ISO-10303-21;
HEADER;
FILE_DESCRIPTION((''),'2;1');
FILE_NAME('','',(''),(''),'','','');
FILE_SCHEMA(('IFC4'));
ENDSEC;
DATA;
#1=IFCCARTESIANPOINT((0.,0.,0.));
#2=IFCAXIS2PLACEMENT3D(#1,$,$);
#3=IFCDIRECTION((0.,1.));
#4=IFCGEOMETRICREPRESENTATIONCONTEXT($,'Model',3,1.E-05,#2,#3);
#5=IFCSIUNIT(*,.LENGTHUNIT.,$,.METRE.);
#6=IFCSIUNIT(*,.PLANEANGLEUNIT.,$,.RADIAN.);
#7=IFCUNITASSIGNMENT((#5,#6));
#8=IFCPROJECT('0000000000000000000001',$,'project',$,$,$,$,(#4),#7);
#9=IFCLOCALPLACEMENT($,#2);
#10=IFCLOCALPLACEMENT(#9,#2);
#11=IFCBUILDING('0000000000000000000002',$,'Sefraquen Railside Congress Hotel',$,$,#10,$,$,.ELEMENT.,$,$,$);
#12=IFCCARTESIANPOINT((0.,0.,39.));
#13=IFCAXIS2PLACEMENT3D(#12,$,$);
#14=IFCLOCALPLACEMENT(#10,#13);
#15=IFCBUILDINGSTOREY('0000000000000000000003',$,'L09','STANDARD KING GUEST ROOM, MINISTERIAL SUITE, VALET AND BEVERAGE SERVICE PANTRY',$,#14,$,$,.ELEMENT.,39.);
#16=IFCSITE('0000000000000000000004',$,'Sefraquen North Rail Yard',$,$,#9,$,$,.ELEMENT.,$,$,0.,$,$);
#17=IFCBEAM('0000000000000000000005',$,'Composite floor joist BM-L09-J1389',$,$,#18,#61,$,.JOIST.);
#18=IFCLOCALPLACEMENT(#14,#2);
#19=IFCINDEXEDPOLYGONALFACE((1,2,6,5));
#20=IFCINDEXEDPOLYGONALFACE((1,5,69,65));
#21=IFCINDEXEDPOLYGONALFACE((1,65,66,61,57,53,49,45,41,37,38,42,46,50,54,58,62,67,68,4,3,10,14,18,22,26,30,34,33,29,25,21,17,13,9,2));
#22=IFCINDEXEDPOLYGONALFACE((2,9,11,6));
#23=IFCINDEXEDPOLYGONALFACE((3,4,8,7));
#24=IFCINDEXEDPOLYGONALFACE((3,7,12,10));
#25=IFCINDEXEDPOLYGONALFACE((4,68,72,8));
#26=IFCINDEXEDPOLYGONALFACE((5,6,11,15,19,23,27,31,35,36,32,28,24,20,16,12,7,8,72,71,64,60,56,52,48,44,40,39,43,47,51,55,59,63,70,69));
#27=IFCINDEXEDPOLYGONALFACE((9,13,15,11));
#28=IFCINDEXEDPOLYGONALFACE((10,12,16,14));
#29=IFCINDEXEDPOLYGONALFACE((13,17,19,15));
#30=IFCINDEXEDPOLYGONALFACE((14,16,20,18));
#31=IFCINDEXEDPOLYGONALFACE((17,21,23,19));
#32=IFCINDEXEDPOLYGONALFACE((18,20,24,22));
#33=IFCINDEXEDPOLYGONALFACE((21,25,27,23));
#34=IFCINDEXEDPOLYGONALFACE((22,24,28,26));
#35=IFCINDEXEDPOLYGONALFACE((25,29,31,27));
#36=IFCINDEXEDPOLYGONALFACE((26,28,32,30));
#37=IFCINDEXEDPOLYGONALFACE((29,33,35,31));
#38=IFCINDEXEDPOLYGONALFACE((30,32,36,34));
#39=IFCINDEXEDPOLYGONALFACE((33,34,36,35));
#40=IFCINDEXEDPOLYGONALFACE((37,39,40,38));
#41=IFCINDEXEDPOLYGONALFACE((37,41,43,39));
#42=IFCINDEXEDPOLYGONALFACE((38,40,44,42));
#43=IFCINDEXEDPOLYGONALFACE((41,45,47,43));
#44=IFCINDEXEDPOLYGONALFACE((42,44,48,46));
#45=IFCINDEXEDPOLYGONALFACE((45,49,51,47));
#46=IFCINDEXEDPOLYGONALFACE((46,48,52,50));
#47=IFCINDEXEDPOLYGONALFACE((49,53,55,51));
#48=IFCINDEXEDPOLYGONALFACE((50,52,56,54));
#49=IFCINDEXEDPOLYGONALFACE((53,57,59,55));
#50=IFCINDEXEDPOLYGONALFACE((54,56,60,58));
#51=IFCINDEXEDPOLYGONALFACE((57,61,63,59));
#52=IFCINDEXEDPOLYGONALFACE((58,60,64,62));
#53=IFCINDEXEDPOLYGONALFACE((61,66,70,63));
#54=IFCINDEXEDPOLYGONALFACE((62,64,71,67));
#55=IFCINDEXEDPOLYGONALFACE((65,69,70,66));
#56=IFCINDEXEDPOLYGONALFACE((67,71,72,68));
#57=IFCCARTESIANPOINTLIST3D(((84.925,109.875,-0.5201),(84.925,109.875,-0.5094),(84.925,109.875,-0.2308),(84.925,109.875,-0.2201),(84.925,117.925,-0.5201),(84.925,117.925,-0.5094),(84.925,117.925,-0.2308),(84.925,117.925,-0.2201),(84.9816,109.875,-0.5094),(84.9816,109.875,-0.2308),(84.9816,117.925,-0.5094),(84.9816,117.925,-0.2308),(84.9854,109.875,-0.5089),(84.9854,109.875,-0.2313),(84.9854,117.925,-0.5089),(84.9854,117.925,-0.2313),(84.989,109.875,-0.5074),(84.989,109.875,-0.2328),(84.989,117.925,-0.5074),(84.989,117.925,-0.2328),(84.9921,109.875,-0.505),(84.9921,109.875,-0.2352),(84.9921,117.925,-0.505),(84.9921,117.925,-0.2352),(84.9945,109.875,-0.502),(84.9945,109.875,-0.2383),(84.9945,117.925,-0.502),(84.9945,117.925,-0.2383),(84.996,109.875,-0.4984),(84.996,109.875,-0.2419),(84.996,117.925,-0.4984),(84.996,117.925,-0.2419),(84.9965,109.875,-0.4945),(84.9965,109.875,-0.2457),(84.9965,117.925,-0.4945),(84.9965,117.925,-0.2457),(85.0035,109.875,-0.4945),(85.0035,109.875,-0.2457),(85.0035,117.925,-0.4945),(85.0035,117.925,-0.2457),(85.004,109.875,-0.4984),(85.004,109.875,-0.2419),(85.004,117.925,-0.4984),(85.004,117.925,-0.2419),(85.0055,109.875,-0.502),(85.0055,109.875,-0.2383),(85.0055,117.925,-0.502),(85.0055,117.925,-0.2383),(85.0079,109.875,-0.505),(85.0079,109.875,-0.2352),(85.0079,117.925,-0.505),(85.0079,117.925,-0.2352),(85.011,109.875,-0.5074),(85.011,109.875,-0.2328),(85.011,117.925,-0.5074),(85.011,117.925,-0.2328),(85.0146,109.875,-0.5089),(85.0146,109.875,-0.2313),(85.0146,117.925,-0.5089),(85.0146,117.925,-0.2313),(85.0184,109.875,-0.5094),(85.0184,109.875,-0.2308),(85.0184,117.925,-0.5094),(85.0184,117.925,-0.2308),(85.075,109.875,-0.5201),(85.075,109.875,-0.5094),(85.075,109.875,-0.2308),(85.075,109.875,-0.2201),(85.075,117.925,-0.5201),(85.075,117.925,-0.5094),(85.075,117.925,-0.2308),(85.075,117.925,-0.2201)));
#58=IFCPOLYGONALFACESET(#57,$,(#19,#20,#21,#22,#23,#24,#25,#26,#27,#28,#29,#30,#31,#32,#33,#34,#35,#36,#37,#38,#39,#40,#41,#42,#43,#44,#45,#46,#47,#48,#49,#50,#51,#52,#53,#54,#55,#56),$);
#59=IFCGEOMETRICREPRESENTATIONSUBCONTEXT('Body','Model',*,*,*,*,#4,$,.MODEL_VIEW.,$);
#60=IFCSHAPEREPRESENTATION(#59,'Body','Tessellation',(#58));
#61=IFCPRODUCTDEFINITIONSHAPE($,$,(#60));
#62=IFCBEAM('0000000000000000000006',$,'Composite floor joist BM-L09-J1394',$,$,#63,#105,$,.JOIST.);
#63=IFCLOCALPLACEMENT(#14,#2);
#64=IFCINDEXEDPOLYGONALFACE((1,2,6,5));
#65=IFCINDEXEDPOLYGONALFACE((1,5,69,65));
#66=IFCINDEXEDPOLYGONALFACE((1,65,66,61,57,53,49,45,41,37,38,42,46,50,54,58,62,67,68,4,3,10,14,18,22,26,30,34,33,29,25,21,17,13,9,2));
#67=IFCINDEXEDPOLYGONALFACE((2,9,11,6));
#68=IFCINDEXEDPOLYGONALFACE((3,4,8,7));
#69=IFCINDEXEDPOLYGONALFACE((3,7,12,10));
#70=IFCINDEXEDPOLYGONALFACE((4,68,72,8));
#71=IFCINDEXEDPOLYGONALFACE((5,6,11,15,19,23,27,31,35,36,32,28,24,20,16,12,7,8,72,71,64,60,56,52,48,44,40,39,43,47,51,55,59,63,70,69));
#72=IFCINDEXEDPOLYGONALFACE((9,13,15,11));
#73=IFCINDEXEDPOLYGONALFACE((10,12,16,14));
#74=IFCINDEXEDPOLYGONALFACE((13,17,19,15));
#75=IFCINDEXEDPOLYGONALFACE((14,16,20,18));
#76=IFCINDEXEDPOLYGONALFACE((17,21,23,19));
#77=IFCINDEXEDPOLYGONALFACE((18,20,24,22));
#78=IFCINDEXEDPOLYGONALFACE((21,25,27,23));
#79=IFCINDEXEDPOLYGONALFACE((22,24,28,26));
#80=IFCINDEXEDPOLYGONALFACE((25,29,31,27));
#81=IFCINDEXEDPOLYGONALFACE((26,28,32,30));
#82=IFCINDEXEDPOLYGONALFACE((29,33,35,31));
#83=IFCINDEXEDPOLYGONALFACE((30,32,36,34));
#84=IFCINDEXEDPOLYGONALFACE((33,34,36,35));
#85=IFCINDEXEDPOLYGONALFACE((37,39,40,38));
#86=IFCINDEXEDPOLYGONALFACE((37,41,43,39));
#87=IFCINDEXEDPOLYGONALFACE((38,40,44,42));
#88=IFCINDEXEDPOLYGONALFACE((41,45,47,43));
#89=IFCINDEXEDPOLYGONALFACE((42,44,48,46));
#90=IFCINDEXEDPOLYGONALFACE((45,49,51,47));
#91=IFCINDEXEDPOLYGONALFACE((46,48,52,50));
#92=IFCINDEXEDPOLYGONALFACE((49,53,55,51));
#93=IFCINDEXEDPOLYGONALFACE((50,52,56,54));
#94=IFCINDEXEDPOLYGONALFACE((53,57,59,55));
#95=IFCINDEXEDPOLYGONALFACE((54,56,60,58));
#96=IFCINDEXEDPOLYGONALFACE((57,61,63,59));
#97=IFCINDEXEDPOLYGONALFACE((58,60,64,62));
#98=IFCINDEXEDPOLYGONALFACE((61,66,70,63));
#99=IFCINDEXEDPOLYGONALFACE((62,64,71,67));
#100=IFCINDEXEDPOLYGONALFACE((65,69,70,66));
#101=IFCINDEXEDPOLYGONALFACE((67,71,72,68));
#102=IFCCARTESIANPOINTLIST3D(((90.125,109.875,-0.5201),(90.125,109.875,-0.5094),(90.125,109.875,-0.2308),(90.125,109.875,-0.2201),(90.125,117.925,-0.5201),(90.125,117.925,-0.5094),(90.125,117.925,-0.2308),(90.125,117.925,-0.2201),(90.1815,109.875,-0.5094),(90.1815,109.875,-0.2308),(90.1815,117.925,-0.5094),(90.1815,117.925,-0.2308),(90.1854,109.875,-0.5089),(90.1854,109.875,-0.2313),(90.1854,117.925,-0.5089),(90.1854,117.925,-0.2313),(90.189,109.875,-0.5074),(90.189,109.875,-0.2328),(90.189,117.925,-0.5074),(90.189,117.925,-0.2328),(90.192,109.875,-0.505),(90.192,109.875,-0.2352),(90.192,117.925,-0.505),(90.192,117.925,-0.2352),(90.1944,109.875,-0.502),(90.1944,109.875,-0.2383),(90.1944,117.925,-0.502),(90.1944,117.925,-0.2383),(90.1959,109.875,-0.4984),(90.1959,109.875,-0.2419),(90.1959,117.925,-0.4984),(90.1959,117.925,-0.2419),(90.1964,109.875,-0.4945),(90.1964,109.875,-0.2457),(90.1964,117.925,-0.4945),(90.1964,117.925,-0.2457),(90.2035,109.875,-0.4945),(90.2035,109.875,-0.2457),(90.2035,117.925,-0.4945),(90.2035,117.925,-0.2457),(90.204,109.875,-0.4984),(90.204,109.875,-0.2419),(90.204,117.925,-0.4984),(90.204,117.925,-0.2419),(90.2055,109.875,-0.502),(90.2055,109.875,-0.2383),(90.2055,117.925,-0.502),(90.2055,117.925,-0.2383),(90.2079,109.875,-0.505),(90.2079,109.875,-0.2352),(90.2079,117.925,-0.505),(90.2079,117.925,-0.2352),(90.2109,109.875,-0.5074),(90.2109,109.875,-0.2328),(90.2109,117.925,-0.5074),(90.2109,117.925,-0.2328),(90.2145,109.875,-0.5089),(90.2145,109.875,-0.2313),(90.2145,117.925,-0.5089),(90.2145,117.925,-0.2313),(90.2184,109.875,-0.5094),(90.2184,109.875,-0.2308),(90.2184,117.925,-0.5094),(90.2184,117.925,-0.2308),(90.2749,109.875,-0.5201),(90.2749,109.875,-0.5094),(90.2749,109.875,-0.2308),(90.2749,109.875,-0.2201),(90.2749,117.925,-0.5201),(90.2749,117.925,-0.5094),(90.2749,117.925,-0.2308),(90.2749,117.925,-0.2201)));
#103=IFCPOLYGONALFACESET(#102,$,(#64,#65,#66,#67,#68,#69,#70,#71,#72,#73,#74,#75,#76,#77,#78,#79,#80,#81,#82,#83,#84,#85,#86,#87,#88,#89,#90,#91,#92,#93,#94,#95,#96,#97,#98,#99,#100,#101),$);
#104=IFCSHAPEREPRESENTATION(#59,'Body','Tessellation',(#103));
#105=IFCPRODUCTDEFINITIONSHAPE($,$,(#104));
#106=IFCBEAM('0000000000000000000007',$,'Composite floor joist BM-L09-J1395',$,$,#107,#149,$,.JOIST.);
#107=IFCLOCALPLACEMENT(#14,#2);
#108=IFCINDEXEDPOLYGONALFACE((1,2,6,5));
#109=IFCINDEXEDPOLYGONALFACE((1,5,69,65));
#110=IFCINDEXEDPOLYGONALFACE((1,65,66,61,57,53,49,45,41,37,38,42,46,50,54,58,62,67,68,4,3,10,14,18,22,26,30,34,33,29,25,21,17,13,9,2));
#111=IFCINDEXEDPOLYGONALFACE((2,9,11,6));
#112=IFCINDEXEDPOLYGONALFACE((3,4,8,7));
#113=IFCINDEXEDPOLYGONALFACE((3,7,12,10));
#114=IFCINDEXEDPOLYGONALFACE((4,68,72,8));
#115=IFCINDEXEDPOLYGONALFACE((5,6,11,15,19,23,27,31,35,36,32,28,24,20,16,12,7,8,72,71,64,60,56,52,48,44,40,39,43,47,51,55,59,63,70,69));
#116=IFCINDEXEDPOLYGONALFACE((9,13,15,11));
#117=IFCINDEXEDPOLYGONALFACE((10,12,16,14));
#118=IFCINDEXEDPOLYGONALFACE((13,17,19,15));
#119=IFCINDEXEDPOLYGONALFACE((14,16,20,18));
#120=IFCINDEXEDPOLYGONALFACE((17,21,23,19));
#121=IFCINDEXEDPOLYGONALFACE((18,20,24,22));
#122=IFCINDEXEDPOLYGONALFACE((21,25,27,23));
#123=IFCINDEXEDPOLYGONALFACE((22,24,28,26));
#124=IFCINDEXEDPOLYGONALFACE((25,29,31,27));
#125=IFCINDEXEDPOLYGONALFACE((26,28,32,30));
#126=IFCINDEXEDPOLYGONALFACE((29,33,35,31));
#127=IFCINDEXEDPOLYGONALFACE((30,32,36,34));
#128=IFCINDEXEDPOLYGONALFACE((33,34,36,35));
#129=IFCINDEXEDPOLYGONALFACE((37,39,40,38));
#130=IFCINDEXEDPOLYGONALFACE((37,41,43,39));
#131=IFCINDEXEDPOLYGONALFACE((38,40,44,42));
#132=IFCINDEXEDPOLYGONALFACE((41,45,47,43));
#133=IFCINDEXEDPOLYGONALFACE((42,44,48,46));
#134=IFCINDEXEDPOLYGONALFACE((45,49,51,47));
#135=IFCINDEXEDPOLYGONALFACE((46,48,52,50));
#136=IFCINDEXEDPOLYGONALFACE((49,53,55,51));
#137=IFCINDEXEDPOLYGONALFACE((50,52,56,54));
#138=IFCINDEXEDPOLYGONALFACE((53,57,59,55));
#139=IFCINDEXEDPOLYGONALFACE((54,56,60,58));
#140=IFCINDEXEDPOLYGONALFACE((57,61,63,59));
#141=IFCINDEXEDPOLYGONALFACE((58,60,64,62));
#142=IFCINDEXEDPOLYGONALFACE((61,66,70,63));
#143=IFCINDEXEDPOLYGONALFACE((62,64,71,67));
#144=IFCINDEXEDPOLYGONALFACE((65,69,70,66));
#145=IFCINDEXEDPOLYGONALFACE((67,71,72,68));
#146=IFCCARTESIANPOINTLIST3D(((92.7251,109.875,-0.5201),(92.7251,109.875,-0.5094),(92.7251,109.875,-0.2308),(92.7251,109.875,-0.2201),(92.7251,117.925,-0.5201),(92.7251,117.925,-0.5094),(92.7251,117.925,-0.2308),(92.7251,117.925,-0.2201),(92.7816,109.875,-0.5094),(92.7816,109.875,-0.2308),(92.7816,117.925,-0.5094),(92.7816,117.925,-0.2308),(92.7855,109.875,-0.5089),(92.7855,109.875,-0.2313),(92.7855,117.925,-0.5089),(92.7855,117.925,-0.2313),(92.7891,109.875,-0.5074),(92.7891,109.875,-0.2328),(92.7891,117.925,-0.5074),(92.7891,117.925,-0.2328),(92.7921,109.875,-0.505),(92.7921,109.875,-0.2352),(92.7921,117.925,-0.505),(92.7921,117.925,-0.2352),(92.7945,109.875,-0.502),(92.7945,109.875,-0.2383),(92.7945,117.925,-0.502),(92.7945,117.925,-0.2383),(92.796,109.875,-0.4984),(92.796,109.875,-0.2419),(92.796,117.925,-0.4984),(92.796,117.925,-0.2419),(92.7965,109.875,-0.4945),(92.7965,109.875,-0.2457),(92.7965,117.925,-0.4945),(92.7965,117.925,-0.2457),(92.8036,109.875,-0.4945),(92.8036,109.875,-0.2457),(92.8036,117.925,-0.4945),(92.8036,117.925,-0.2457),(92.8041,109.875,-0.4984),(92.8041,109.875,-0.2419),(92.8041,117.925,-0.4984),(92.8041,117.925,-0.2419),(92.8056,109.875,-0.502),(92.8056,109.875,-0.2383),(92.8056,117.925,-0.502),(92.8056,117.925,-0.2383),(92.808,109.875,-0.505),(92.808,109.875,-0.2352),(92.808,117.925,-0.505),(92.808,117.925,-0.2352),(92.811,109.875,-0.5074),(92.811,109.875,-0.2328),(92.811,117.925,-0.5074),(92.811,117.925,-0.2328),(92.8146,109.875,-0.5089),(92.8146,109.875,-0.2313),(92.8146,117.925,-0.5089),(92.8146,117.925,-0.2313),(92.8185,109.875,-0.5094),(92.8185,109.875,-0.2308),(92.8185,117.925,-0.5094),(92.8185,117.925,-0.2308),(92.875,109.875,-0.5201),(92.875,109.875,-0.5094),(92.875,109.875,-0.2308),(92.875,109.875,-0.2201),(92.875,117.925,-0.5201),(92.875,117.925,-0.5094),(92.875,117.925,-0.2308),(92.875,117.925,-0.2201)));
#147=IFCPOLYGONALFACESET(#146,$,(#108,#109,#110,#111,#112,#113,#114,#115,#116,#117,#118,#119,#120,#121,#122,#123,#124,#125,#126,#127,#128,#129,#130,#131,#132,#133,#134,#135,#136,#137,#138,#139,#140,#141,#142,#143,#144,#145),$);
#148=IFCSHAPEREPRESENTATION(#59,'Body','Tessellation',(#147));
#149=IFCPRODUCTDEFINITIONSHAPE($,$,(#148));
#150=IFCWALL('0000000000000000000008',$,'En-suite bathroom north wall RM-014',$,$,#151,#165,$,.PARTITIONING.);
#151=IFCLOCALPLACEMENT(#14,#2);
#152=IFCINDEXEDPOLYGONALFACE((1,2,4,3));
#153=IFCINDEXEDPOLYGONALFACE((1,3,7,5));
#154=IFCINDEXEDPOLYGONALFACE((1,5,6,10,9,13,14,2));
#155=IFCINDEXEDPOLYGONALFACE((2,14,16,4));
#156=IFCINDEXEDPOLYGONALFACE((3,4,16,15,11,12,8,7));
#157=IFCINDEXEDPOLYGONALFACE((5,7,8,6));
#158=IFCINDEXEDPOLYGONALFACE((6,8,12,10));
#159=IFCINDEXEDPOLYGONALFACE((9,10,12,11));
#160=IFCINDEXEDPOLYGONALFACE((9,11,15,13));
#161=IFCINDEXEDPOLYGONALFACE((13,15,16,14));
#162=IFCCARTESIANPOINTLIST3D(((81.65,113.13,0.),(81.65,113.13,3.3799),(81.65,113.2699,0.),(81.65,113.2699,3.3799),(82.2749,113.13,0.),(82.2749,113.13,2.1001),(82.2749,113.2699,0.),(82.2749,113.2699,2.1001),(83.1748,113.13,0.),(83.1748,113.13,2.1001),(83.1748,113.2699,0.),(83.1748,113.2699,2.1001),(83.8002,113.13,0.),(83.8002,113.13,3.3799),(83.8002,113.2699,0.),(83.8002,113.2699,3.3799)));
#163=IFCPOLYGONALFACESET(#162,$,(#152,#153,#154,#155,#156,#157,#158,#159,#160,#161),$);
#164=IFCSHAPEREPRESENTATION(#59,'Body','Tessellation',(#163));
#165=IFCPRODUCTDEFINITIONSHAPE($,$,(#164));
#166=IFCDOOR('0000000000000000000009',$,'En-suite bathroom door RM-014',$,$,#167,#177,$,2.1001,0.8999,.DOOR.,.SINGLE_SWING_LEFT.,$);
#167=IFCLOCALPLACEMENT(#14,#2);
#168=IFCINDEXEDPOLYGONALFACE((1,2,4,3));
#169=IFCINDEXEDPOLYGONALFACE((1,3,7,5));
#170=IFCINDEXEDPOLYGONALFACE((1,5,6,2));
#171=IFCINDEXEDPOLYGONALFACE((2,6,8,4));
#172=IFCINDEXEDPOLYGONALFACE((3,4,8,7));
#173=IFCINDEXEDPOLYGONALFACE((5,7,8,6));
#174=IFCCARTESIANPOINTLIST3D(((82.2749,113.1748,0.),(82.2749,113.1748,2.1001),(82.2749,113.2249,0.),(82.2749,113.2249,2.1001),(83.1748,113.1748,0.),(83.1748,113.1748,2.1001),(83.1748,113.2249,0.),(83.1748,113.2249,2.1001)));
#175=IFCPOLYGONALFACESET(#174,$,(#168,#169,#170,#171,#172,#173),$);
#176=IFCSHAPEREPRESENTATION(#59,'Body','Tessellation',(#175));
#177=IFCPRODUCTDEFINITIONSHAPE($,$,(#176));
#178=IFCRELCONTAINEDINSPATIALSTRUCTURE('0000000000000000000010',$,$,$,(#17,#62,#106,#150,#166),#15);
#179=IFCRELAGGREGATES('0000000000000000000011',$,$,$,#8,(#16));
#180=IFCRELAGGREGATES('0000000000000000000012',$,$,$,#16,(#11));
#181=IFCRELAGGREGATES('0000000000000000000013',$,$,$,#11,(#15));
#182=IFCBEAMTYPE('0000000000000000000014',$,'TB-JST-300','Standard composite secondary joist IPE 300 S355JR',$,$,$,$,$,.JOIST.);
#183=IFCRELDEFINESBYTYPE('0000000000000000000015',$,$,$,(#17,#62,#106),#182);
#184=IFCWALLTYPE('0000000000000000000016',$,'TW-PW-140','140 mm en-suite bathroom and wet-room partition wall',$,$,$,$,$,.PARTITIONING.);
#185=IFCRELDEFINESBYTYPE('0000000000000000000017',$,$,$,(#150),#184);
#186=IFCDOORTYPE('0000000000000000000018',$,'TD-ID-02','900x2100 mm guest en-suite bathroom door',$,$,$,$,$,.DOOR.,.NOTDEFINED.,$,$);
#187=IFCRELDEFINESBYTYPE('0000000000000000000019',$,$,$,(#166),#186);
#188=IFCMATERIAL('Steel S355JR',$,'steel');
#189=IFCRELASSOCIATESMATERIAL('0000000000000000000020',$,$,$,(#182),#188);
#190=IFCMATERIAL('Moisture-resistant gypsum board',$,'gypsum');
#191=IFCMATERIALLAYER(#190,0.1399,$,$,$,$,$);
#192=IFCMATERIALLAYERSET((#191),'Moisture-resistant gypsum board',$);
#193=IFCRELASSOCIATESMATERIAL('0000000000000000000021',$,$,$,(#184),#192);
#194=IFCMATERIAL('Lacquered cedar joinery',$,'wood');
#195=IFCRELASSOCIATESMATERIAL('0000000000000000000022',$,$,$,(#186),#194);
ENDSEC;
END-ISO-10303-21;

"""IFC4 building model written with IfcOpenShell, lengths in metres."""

from ifc_helpers import new_model, si_unit, direction, frame, frame_2d, origin, origin_2d, place, context, subcontext, project, spatial, rectangle, i_section, extrude, material, layer, layer_set, material_profile, profile_set, type_object, element, fill, save


model = new_model("IFC4")

# Units and contexts
model_context = context("Model", 3, precision=1e-05, world=origin(), true_north=direction((0.0, 1.0)))
body_context = subcontext(model_context, "Body", "Model", "MODEL_VIEW")
ifc_project = project(units=[si_unit("LENGTHUNIT", "METRE"), si_unit("PLANEANGLEUNIT", "RADIAN")], contexts=[model_context])

# Site, building, storey
site_placement = place(None, origin())
site = spatial("IfcSite", under=ifc_project, at=site_placement, Name="Sefraquen North Rail Yard", CompositionType="ELEMENT", RefElevation=0.0)
building_placement = place(site_placement, origin())
building = spatial("IfcBuilding", under=site, at=building_placement, Name="Sefraquen Railside Congress Hotel", CompositionType="ELEMENT")
storey_placement = place(building_placement, frame((0.0, 0.0, 39.0)))
storey = spatial("IfcBuildingStorey", under=building, at=storey_placement, Name="L09", Description="STANDARD KING GUEST ROOM, MINISTERIAL SUITE, VALET AND BEVERAGE SERVICE PANTRY", CompositionType="ELEMENT", Elevation=39.0)

# Shared definitions
ifc_material_1 = material(Name="Steel S355JR", Category="steel")

# Beams
ifc_material_profile_1 = material_profile(ifc_material_1, i_section(OverallWidth=0.1499, OverallDepth=0.3, WebThickness=0.0071, FlangeThickness=0.0107, FilletRadius=0.0149, at=origin_2d()), Name="IPE 300")
ifc_profile_set_1 = profile_set([ifc_material_profile_1], Name="Steel S355JR")
beam_type_1 = type_object("IfcBeamType", Name="TB-JST-300", Description="Standard composite secondary joist IPE 300 S355JR", PredefinedType="JOIST", material=ifc_profile_set_1)
for number, where, z_axis, x_axis, name in (
    (1, (85.0, 109.875, -0.3701), (0.0, 1.0, 0.0), (-1.0, 0.0, 0.0), "Composite floor joist BM-L09-J1389"),
    (2, (90.2, 109.875, -0.3701), (0.0, 1.0, 0.0), (-1.0, 0.0, 0.0), "Composite floor joist BM-L09-J1394"),
    (3, (92.8, 109.875, -0.3701), (0.0, 1.0, 0.0), (-1.0, 0.0, 0.0), "Composite floor joist BM-L09-J1395"),
):
    element("IfcBeam", number, at=place(storey_placement, frame(where, z_axis=z_axis, x_axis=x_axis)), inside=storey, type_object=beam_type_1, Name=name, PredefinedType="JOIST", context=body_context, shape_type="SweptSolid", body=[
        extrude(i_section(OverallWidth=0.1499, OverallDepth=0.3, WebThickness=0.0071, FlangeThickness=0.0107, FilletRadius=0.0149, at=origin_2d()), origin(), (0.0, 0.0, 1.0), 8.05),
    ])

# Wall, opening, door
ifc_material_2 = material(Name="Moisture-resistant gypsum board", Category="gypsum")
ifc_layer_1 = layer(ifc_material_2, 0.1399)
ifc_layer_set_1 = layer_set([ifc_layer_1], Name="Moisture-resistant gypsum board")
wall_type_1 = type_object("IfcWallType", Name="TW-PW-140", Description="140 mm en-suite bathroom and wet-room partition wall", PredefinedType="PARTITIONING", material=ifc_layer_set_1)
wall_1_placement = place(storey_placement, frame((81.6499, 113.2, 0.0), z_axis=(0.0, 0.0, 1.0), x_axis=(1.0, 0.0, 0.0)))
wall_1 = element("IfcWall", 4, at=wall_1_placement, inside=storey, type_object=wall_type_1, Name="En-suite bathroom north wall RM-014", PredefinedType="PARTITIONING", context=body_context, shape_type="SweptSolid", body=[
    extrude(rectangle(XDim=2.1501, YDim=0.1399, at=frame_2d((1.0752, 0.0))), origin(), (0.0, 0.0, 1.0), 3.3799),
])
opening_1_placement = place(wall_1_placement, frame((0.625, 0.0, 0.0)))
opening_1 = element("IfcOpeningElement", 5, at=opening_1_placement, cuts=wall_1, PredefinedType="OPENING", context=body_context, shape_type="SweptSolid", body=[
    extrude(rectangle(XDim=0.8999, YDim=2.1001, at=frame_2d((0.45, 1.05))), frame((0.0, 0.0798, 0.0), z_axis=(0.0, -1.0, 0.0), x_axis=(1.0, 0.0, 0.0)), (0.0, 0.0, 1.0), 0.1599),
])
ifc_material_3 = material(Name="Lacquered cedar joinery", Category="wood")
door_type = type_object("IfcDoorType", Name="TD-ID-02", Description="900x2100 mm guest en-suite bathroom door", OperationType="NOTDEFINED", PredefinedType="DOOR", material=ifc_material_3)
door_1_placement = place(opening_1_placement, origin())
door_1 = element("IfcDoor", 6, at=door_1_placement, inside=storey, type_object=door_type, Name="En-suite bathroom door RM-014", OperationType="SINGLE_SWING_LEFT", OverallHeight=2.1001, OverallWidth=0.8999, PredefinedType="DOOR", context=body_context, shape_type="SweptSolid", body=[
    extrude(rectangle(XDim=0.8999, YDim=2.1001, at=frame_2d((0.45, 1.05))), frame((0.0, 0.0249, 0.0), z_axis=(0.0, -1.0, 0.0), x_axis=(1.0, 0.0, 0.0)), (0.0, 0.0, 1.0), 0.05),
])
fill(opening_1, door_1)

save(model, "model.ifc")
